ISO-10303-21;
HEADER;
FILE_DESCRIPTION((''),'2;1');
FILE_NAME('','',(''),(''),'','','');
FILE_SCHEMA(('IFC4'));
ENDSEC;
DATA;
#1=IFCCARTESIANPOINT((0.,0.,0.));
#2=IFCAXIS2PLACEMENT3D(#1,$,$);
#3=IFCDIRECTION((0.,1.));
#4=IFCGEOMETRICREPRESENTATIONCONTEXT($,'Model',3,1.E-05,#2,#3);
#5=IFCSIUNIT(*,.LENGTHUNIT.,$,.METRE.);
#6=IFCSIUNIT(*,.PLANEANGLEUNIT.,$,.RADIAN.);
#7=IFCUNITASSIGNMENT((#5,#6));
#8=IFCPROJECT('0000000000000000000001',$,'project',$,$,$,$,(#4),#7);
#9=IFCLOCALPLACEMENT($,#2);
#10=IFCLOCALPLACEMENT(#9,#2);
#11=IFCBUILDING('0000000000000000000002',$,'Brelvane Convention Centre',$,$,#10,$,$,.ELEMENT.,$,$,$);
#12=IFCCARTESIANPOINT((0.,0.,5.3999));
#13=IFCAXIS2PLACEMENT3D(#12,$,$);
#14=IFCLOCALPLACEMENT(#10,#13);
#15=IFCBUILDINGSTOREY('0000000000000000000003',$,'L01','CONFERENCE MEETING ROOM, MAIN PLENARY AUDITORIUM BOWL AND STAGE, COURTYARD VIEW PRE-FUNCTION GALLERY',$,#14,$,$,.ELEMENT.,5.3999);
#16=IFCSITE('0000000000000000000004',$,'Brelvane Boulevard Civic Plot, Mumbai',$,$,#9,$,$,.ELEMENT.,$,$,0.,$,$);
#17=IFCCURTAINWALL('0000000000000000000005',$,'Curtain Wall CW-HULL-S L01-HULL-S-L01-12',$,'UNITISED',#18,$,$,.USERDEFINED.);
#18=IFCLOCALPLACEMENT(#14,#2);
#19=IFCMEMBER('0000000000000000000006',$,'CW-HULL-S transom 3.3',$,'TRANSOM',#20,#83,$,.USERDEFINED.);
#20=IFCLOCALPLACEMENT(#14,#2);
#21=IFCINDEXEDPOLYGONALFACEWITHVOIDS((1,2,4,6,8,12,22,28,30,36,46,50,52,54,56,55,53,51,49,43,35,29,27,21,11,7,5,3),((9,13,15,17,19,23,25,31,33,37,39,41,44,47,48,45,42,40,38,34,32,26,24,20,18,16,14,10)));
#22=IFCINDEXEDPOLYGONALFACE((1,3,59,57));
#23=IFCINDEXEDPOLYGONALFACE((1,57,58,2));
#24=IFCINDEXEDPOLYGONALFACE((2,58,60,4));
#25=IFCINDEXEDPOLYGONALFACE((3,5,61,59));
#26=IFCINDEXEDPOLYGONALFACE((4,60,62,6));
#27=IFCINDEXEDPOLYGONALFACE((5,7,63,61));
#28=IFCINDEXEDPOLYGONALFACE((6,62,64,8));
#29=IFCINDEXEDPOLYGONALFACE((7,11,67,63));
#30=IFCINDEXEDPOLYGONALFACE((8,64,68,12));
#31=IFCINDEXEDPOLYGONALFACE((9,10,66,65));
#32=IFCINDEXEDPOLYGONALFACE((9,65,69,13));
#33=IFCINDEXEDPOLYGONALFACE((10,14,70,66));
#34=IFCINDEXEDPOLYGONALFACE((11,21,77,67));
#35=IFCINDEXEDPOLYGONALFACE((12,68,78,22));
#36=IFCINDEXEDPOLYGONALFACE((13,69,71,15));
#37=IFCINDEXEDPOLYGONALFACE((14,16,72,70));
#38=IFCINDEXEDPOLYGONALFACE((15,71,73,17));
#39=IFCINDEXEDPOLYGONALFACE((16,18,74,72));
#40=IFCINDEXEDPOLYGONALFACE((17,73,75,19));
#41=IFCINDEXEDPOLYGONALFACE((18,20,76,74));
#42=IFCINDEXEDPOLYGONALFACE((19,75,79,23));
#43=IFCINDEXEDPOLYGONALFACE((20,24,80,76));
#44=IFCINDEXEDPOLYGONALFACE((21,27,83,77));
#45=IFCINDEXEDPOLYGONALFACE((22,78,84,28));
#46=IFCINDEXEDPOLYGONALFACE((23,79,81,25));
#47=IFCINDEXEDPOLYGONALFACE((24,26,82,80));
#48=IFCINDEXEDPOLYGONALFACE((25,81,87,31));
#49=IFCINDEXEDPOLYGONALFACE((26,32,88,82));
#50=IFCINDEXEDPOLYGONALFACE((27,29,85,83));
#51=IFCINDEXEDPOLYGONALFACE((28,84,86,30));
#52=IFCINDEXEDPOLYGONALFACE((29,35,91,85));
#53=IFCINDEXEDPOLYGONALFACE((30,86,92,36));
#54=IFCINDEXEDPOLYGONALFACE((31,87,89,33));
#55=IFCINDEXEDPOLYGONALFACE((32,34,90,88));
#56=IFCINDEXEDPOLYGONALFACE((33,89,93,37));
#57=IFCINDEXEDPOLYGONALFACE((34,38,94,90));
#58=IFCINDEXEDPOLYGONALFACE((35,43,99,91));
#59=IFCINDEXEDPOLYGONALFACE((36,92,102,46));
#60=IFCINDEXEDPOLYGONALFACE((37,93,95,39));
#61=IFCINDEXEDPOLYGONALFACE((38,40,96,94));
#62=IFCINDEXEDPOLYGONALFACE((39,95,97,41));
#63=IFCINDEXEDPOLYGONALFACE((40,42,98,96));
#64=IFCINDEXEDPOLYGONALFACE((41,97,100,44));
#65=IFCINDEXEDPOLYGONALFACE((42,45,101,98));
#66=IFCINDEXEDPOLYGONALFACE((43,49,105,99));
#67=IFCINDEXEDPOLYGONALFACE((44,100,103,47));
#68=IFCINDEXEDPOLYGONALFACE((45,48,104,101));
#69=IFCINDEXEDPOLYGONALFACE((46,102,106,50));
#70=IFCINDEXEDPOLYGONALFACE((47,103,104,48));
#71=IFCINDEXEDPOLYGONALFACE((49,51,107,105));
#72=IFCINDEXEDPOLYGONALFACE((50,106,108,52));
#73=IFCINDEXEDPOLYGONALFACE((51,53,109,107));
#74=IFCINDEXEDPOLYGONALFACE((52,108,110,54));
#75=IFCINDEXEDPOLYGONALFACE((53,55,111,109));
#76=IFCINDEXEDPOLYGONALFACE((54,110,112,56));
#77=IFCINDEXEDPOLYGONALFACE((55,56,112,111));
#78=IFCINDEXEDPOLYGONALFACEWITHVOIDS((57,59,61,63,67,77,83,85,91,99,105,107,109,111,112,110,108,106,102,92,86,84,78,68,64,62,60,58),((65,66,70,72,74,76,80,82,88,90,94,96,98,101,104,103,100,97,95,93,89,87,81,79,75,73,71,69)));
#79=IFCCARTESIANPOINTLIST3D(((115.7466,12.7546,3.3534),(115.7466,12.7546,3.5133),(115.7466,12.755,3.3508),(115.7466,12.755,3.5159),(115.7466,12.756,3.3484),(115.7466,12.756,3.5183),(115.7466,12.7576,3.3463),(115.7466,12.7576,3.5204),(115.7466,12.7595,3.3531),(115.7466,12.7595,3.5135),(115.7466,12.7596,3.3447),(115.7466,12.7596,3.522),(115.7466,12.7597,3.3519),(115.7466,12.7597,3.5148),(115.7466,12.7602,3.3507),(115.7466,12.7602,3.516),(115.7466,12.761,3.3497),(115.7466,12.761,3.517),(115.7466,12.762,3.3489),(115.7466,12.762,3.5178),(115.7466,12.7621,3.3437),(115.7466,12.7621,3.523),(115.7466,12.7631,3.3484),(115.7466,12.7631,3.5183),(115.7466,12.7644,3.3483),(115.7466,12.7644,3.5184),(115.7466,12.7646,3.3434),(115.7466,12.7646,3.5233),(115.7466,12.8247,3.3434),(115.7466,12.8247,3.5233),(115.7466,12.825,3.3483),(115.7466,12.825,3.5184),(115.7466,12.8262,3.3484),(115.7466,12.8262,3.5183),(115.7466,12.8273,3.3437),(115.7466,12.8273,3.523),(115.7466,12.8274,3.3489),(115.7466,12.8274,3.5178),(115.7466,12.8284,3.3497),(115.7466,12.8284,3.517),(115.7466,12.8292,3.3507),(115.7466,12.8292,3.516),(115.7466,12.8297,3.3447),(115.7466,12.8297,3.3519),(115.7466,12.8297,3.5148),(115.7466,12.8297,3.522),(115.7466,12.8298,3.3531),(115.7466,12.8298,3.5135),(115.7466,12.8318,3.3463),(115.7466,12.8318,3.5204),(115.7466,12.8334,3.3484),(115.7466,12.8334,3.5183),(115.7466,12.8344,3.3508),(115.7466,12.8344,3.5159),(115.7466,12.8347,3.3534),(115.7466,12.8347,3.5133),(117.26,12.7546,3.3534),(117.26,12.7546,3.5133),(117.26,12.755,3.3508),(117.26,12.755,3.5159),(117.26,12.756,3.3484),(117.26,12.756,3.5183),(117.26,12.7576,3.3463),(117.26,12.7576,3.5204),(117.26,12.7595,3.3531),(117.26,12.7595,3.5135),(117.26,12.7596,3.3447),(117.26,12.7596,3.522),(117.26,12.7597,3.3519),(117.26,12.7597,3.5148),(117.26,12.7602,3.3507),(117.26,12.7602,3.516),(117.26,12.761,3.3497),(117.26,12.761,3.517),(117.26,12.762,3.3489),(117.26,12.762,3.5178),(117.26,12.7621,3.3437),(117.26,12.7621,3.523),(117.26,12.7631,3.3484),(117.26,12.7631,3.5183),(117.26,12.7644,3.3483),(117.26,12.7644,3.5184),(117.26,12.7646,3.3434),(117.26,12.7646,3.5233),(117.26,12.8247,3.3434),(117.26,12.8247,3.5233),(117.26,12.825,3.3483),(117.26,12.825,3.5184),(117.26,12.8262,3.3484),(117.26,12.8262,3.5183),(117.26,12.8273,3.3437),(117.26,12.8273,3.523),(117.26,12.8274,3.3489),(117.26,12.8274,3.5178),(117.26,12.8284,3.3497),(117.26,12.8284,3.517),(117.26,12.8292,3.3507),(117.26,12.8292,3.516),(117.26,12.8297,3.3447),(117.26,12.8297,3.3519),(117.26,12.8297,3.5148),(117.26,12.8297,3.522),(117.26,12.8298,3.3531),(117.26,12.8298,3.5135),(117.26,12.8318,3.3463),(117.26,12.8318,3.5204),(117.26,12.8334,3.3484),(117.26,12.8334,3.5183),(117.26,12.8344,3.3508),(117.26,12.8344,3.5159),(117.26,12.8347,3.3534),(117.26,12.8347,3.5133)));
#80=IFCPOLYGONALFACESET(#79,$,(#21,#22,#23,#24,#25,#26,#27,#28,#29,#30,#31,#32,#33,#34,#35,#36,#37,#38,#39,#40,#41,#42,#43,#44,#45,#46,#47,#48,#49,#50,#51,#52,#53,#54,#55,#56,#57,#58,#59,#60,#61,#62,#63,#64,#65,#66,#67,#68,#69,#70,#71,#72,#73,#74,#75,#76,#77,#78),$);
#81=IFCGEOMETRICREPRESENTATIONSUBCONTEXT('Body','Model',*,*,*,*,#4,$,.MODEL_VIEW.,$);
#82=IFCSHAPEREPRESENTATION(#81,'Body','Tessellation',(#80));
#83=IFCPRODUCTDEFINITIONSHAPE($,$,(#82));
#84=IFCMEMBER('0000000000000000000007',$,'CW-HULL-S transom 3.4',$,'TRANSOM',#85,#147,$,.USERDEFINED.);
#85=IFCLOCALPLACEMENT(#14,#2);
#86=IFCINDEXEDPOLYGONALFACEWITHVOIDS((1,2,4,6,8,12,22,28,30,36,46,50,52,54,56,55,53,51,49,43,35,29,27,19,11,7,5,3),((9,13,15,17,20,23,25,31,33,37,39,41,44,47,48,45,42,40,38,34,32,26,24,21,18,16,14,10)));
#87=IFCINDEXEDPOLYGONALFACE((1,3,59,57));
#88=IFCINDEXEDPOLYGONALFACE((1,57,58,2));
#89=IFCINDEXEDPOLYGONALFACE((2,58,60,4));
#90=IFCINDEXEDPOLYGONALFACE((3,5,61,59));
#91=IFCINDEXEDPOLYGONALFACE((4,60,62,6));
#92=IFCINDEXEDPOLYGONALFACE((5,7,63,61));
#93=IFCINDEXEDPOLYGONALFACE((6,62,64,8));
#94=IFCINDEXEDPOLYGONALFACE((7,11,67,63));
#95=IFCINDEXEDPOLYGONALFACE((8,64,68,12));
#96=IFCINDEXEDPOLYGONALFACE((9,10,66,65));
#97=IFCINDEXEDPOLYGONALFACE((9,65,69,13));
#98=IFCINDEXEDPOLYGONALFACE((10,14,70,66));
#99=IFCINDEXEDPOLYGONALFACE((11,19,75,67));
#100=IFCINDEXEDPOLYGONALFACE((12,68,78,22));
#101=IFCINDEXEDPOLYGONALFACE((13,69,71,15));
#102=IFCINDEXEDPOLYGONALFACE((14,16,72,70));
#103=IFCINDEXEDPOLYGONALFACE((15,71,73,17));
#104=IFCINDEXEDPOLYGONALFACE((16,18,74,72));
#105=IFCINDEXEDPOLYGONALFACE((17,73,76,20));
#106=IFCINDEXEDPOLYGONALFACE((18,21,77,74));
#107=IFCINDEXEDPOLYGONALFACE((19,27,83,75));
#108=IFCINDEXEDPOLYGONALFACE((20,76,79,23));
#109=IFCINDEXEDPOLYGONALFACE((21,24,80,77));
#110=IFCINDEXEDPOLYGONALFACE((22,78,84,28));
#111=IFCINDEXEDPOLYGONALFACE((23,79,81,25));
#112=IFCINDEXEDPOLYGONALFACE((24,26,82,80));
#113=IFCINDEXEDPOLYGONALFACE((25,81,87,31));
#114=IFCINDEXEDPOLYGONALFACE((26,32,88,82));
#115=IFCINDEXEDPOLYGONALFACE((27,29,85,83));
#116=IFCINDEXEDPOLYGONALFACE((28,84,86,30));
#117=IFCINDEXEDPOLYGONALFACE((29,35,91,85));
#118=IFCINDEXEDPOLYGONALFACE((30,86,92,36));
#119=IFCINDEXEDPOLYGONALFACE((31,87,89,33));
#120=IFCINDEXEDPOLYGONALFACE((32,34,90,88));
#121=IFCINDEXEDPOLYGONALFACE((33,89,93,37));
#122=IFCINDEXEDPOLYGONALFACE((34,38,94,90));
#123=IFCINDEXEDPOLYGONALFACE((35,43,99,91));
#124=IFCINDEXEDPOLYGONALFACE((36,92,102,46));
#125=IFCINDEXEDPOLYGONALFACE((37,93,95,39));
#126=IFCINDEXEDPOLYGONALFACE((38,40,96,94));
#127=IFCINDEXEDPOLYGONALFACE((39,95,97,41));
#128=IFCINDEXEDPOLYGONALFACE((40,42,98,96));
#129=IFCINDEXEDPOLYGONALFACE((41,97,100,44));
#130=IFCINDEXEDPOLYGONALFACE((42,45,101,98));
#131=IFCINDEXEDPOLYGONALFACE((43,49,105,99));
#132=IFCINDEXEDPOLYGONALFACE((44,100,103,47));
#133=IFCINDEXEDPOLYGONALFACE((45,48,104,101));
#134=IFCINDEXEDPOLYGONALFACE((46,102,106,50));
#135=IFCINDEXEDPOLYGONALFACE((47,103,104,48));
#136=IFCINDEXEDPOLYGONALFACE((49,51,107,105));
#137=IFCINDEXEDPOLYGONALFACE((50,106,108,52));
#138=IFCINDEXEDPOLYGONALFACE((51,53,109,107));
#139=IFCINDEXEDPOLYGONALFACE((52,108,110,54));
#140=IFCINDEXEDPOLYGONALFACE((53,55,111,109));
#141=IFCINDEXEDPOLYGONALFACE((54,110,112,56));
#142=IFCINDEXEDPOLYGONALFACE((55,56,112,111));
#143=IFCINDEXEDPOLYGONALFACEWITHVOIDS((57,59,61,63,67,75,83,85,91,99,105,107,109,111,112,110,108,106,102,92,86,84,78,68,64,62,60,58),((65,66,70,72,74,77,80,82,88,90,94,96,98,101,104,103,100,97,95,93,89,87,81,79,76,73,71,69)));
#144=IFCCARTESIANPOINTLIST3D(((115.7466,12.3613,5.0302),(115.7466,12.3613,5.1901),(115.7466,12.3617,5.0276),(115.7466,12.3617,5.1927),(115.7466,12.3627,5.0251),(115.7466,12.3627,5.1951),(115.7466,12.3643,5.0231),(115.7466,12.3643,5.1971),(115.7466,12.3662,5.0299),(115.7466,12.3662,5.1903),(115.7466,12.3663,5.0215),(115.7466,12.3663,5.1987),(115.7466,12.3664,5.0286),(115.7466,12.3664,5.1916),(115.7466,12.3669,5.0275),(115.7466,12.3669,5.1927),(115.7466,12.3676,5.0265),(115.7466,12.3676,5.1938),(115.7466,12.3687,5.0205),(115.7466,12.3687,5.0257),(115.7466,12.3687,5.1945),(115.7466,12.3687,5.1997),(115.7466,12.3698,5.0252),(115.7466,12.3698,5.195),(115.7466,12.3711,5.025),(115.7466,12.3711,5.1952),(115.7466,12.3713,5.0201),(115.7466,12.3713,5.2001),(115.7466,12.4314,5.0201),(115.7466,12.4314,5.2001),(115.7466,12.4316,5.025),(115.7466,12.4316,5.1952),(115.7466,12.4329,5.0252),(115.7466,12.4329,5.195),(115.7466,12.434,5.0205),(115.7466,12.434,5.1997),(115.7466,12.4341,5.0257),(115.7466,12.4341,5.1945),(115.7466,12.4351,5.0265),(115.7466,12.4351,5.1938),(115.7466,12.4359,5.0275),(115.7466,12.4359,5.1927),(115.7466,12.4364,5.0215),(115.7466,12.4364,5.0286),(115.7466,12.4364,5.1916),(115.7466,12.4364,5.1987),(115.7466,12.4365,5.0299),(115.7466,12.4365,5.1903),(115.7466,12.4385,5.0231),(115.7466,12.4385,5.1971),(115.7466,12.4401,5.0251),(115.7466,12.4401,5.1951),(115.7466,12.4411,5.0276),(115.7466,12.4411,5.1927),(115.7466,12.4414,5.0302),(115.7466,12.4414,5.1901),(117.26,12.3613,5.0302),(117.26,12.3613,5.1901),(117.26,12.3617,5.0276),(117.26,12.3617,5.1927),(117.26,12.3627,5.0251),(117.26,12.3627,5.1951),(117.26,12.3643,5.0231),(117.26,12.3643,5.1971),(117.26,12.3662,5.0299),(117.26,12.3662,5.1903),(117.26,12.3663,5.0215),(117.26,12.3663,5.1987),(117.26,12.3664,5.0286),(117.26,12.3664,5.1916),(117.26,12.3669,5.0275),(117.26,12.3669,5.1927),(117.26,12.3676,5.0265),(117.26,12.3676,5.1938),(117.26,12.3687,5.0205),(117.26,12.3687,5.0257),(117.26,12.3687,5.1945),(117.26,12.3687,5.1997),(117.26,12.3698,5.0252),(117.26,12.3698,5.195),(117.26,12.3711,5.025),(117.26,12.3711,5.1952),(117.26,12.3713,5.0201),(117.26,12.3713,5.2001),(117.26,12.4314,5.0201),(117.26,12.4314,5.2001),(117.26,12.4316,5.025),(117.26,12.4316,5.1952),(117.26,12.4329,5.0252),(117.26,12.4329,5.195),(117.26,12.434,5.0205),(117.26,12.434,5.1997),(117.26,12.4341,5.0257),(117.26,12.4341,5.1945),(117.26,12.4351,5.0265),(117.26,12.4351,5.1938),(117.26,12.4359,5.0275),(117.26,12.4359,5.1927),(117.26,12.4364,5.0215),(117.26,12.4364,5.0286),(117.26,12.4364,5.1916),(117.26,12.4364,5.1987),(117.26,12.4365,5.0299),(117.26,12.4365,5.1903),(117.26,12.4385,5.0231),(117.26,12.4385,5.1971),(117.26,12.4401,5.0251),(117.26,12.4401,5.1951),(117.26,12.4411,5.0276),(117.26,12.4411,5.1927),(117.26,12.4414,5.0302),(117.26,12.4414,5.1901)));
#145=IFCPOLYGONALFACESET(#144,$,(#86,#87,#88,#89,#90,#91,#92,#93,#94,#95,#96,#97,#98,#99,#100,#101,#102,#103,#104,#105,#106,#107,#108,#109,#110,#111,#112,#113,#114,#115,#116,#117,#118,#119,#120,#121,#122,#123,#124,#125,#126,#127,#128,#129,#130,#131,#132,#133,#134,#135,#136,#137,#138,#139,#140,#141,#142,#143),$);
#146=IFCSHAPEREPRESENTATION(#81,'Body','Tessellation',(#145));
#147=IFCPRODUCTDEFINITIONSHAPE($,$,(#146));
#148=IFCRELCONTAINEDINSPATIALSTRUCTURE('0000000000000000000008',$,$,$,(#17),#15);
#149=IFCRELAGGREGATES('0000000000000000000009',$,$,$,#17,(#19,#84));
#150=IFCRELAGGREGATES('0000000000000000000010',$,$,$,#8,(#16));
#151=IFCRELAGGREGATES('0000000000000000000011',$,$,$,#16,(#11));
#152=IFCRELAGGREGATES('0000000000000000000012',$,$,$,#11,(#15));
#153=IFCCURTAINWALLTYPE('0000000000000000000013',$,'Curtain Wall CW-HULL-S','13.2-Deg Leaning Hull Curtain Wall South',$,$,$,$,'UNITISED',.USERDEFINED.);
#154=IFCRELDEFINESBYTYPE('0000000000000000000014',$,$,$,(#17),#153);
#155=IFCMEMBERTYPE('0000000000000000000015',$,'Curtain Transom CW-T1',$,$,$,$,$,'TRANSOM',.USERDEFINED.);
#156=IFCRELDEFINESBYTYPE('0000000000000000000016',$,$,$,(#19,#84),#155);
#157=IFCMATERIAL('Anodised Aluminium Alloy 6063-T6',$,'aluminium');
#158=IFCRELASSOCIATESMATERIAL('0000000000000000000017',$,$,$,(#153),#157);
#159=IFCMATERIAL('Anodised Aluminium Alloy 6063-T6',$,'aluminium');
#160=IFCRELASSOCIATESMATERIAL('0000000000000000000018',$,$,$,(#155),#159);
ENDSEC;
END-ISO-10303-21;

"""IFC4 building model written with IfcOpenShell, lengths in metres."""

from ifc_helpers import new_model, si_unit, direction, frame, origin, origin_2d, place, context, subcontext, project, spatial, hollow_rectangle, extrude, material, material_profile, profile_set, type_object, element, aggregate, save


model = new_model("IFC4")

# Units and contexts
model_context = context("Model", 3, precision=1e-05, world=origin(), true_north=direction((0.0, 1.0)))
body_context = subcontext(model_context, "Body", "Model", "MODEL_VIEW")
ifc_project = project(units=[si_unit("LENGTHUNIT", "METRE"), si_unit("PLANEANGLEUNIT", "RADIAN")], contexts=[model_context])

# Site, building, storey
site_placement = place(None, origin())
site = spatial("IfcSite", under=ifc_project, at=site_placement, Name="Brelvane Boulevard Civic Plot, Mumbai", CompositionType="ELEMENT", RefElevation=0.0)
building_placement = place(site_placement, origin())
building = spatial("IfcBuilding", under=site, at=building_placement, Name="Brelvane Convention Centre", CompositionType="ELEMENT")
storey_placement = place(building_placement, frame((0.0, 0.0, 5.3999)))
storey = spatial("IfcBuildingStorey", under=building, at=storey_placement, Name="L01", Description="CONFERENCE MEETING ROOM, MAIN PLENARY AUDITORIUM BOWL AND STAGE, COURTYARD VIEW PRE-FUNCTION GALLERY", CompositionType="ELEMENT", Elevation=5.3999)

# Curtain wall, members
ifc_material_1 = material(Name="Anodised Aluminium Alloy 6063-T6", Category="aluminium")
curtain_wall_type = type_object("IfcCurtainWallType", Name="Curtain Wall CW-HULL-S", Description="13.2-Deg Leaning Hull Curtain Wall South", ElementType="UNITISED", PredefinedType="USERDEFINED", material=ifc_material_1)
ifc_material_2 = material(Name="Anodised Aluminium Alloy 6063-T6", Category="aluminium")
ifc_material_profile = material_profile(ifc_material_2, hollow_rectangle(XDim=0.0801, YDim=0.1799, WallThickness=0.0049, InnerFilletRadius=0.0049, OuterFilletRadius=0.01, at=origin_2d()), Name="ALU-T 180x80x5.0")
ifc_profile_set = profile_set([ifc_material_profile], Name="Anodised Aluminium Alloy 6063-T6")
member_type = type_object("IfcMemberType", Name="Curtain Transom CW-T1", ElementType="TRANSOM", PredefinedType="USERDEFINED", material=ifc_profile_set)
curtain_wall_1_placement = place(storey_placement, origin())
curtain_wall_1 = element("IfcCurtainWall", 1, at=curtain_wall_1_placement, inside=storey, type_object=curtain_wall_type, Name="Curtain Wall CW-HULL-S L01-HULL-S-L01-12", ObjectType="UNITISED", PredefinedType="USERDEFINED")
member_1_placement = place(storey_placement, frame((115.7466, 12.7947, 3.4333), z_axis=(1.0, 0.0, 0.0), x_axis=(0.0, 1.0, 0.0)))
member_1 = element("IfcMember", 2, at=member_1_placement, type_object=member_type, Name="CW-HULL-S transom 3.3", ObjectType="TRANSOM", PredefinedType="USERDEFINED", context=body_context, shape_type="SweptSolid", body=[
    extrude(hollow_rectangle(XDim=0.0801, YDim=0.1799, WallThickness=0.0049, InnerFilletRadius=0.0049, OuterFilletRadius=0.01, at=origin_2d()), origin(), (0.0, 0.0, 1.0), 1.5134),
])
member_2_placement = place(storey_placement, frame((115.7466, 12.4014, 5.1101), z_axis=(1.0, 0.0, 0.0), x_axis=(0.0, 1.0, 0.0)))
member_2 = element("IfcMember", 3, at=member_2_placement, type_object=member_type, Name="CW-HULL-S transom 3.4", ObjectType="TRANSOM", PredefinedType="USERDEFINED", context=body_context, shape_type="SweptSolid", body=[
    extrude(hollow_rectangle(XDim=0.0801, YDim=0.1799, WallThickness=0.0049, InnerFilletRadius=0.0049, OuterFilletRadius=0.01, at=origin_2d()), origin(), (0.0, 0.0, 1.0), 1.5134),
])

aggregate(curtain_wall_1, [member_1, member_2])

save(model, "model.ifc")
